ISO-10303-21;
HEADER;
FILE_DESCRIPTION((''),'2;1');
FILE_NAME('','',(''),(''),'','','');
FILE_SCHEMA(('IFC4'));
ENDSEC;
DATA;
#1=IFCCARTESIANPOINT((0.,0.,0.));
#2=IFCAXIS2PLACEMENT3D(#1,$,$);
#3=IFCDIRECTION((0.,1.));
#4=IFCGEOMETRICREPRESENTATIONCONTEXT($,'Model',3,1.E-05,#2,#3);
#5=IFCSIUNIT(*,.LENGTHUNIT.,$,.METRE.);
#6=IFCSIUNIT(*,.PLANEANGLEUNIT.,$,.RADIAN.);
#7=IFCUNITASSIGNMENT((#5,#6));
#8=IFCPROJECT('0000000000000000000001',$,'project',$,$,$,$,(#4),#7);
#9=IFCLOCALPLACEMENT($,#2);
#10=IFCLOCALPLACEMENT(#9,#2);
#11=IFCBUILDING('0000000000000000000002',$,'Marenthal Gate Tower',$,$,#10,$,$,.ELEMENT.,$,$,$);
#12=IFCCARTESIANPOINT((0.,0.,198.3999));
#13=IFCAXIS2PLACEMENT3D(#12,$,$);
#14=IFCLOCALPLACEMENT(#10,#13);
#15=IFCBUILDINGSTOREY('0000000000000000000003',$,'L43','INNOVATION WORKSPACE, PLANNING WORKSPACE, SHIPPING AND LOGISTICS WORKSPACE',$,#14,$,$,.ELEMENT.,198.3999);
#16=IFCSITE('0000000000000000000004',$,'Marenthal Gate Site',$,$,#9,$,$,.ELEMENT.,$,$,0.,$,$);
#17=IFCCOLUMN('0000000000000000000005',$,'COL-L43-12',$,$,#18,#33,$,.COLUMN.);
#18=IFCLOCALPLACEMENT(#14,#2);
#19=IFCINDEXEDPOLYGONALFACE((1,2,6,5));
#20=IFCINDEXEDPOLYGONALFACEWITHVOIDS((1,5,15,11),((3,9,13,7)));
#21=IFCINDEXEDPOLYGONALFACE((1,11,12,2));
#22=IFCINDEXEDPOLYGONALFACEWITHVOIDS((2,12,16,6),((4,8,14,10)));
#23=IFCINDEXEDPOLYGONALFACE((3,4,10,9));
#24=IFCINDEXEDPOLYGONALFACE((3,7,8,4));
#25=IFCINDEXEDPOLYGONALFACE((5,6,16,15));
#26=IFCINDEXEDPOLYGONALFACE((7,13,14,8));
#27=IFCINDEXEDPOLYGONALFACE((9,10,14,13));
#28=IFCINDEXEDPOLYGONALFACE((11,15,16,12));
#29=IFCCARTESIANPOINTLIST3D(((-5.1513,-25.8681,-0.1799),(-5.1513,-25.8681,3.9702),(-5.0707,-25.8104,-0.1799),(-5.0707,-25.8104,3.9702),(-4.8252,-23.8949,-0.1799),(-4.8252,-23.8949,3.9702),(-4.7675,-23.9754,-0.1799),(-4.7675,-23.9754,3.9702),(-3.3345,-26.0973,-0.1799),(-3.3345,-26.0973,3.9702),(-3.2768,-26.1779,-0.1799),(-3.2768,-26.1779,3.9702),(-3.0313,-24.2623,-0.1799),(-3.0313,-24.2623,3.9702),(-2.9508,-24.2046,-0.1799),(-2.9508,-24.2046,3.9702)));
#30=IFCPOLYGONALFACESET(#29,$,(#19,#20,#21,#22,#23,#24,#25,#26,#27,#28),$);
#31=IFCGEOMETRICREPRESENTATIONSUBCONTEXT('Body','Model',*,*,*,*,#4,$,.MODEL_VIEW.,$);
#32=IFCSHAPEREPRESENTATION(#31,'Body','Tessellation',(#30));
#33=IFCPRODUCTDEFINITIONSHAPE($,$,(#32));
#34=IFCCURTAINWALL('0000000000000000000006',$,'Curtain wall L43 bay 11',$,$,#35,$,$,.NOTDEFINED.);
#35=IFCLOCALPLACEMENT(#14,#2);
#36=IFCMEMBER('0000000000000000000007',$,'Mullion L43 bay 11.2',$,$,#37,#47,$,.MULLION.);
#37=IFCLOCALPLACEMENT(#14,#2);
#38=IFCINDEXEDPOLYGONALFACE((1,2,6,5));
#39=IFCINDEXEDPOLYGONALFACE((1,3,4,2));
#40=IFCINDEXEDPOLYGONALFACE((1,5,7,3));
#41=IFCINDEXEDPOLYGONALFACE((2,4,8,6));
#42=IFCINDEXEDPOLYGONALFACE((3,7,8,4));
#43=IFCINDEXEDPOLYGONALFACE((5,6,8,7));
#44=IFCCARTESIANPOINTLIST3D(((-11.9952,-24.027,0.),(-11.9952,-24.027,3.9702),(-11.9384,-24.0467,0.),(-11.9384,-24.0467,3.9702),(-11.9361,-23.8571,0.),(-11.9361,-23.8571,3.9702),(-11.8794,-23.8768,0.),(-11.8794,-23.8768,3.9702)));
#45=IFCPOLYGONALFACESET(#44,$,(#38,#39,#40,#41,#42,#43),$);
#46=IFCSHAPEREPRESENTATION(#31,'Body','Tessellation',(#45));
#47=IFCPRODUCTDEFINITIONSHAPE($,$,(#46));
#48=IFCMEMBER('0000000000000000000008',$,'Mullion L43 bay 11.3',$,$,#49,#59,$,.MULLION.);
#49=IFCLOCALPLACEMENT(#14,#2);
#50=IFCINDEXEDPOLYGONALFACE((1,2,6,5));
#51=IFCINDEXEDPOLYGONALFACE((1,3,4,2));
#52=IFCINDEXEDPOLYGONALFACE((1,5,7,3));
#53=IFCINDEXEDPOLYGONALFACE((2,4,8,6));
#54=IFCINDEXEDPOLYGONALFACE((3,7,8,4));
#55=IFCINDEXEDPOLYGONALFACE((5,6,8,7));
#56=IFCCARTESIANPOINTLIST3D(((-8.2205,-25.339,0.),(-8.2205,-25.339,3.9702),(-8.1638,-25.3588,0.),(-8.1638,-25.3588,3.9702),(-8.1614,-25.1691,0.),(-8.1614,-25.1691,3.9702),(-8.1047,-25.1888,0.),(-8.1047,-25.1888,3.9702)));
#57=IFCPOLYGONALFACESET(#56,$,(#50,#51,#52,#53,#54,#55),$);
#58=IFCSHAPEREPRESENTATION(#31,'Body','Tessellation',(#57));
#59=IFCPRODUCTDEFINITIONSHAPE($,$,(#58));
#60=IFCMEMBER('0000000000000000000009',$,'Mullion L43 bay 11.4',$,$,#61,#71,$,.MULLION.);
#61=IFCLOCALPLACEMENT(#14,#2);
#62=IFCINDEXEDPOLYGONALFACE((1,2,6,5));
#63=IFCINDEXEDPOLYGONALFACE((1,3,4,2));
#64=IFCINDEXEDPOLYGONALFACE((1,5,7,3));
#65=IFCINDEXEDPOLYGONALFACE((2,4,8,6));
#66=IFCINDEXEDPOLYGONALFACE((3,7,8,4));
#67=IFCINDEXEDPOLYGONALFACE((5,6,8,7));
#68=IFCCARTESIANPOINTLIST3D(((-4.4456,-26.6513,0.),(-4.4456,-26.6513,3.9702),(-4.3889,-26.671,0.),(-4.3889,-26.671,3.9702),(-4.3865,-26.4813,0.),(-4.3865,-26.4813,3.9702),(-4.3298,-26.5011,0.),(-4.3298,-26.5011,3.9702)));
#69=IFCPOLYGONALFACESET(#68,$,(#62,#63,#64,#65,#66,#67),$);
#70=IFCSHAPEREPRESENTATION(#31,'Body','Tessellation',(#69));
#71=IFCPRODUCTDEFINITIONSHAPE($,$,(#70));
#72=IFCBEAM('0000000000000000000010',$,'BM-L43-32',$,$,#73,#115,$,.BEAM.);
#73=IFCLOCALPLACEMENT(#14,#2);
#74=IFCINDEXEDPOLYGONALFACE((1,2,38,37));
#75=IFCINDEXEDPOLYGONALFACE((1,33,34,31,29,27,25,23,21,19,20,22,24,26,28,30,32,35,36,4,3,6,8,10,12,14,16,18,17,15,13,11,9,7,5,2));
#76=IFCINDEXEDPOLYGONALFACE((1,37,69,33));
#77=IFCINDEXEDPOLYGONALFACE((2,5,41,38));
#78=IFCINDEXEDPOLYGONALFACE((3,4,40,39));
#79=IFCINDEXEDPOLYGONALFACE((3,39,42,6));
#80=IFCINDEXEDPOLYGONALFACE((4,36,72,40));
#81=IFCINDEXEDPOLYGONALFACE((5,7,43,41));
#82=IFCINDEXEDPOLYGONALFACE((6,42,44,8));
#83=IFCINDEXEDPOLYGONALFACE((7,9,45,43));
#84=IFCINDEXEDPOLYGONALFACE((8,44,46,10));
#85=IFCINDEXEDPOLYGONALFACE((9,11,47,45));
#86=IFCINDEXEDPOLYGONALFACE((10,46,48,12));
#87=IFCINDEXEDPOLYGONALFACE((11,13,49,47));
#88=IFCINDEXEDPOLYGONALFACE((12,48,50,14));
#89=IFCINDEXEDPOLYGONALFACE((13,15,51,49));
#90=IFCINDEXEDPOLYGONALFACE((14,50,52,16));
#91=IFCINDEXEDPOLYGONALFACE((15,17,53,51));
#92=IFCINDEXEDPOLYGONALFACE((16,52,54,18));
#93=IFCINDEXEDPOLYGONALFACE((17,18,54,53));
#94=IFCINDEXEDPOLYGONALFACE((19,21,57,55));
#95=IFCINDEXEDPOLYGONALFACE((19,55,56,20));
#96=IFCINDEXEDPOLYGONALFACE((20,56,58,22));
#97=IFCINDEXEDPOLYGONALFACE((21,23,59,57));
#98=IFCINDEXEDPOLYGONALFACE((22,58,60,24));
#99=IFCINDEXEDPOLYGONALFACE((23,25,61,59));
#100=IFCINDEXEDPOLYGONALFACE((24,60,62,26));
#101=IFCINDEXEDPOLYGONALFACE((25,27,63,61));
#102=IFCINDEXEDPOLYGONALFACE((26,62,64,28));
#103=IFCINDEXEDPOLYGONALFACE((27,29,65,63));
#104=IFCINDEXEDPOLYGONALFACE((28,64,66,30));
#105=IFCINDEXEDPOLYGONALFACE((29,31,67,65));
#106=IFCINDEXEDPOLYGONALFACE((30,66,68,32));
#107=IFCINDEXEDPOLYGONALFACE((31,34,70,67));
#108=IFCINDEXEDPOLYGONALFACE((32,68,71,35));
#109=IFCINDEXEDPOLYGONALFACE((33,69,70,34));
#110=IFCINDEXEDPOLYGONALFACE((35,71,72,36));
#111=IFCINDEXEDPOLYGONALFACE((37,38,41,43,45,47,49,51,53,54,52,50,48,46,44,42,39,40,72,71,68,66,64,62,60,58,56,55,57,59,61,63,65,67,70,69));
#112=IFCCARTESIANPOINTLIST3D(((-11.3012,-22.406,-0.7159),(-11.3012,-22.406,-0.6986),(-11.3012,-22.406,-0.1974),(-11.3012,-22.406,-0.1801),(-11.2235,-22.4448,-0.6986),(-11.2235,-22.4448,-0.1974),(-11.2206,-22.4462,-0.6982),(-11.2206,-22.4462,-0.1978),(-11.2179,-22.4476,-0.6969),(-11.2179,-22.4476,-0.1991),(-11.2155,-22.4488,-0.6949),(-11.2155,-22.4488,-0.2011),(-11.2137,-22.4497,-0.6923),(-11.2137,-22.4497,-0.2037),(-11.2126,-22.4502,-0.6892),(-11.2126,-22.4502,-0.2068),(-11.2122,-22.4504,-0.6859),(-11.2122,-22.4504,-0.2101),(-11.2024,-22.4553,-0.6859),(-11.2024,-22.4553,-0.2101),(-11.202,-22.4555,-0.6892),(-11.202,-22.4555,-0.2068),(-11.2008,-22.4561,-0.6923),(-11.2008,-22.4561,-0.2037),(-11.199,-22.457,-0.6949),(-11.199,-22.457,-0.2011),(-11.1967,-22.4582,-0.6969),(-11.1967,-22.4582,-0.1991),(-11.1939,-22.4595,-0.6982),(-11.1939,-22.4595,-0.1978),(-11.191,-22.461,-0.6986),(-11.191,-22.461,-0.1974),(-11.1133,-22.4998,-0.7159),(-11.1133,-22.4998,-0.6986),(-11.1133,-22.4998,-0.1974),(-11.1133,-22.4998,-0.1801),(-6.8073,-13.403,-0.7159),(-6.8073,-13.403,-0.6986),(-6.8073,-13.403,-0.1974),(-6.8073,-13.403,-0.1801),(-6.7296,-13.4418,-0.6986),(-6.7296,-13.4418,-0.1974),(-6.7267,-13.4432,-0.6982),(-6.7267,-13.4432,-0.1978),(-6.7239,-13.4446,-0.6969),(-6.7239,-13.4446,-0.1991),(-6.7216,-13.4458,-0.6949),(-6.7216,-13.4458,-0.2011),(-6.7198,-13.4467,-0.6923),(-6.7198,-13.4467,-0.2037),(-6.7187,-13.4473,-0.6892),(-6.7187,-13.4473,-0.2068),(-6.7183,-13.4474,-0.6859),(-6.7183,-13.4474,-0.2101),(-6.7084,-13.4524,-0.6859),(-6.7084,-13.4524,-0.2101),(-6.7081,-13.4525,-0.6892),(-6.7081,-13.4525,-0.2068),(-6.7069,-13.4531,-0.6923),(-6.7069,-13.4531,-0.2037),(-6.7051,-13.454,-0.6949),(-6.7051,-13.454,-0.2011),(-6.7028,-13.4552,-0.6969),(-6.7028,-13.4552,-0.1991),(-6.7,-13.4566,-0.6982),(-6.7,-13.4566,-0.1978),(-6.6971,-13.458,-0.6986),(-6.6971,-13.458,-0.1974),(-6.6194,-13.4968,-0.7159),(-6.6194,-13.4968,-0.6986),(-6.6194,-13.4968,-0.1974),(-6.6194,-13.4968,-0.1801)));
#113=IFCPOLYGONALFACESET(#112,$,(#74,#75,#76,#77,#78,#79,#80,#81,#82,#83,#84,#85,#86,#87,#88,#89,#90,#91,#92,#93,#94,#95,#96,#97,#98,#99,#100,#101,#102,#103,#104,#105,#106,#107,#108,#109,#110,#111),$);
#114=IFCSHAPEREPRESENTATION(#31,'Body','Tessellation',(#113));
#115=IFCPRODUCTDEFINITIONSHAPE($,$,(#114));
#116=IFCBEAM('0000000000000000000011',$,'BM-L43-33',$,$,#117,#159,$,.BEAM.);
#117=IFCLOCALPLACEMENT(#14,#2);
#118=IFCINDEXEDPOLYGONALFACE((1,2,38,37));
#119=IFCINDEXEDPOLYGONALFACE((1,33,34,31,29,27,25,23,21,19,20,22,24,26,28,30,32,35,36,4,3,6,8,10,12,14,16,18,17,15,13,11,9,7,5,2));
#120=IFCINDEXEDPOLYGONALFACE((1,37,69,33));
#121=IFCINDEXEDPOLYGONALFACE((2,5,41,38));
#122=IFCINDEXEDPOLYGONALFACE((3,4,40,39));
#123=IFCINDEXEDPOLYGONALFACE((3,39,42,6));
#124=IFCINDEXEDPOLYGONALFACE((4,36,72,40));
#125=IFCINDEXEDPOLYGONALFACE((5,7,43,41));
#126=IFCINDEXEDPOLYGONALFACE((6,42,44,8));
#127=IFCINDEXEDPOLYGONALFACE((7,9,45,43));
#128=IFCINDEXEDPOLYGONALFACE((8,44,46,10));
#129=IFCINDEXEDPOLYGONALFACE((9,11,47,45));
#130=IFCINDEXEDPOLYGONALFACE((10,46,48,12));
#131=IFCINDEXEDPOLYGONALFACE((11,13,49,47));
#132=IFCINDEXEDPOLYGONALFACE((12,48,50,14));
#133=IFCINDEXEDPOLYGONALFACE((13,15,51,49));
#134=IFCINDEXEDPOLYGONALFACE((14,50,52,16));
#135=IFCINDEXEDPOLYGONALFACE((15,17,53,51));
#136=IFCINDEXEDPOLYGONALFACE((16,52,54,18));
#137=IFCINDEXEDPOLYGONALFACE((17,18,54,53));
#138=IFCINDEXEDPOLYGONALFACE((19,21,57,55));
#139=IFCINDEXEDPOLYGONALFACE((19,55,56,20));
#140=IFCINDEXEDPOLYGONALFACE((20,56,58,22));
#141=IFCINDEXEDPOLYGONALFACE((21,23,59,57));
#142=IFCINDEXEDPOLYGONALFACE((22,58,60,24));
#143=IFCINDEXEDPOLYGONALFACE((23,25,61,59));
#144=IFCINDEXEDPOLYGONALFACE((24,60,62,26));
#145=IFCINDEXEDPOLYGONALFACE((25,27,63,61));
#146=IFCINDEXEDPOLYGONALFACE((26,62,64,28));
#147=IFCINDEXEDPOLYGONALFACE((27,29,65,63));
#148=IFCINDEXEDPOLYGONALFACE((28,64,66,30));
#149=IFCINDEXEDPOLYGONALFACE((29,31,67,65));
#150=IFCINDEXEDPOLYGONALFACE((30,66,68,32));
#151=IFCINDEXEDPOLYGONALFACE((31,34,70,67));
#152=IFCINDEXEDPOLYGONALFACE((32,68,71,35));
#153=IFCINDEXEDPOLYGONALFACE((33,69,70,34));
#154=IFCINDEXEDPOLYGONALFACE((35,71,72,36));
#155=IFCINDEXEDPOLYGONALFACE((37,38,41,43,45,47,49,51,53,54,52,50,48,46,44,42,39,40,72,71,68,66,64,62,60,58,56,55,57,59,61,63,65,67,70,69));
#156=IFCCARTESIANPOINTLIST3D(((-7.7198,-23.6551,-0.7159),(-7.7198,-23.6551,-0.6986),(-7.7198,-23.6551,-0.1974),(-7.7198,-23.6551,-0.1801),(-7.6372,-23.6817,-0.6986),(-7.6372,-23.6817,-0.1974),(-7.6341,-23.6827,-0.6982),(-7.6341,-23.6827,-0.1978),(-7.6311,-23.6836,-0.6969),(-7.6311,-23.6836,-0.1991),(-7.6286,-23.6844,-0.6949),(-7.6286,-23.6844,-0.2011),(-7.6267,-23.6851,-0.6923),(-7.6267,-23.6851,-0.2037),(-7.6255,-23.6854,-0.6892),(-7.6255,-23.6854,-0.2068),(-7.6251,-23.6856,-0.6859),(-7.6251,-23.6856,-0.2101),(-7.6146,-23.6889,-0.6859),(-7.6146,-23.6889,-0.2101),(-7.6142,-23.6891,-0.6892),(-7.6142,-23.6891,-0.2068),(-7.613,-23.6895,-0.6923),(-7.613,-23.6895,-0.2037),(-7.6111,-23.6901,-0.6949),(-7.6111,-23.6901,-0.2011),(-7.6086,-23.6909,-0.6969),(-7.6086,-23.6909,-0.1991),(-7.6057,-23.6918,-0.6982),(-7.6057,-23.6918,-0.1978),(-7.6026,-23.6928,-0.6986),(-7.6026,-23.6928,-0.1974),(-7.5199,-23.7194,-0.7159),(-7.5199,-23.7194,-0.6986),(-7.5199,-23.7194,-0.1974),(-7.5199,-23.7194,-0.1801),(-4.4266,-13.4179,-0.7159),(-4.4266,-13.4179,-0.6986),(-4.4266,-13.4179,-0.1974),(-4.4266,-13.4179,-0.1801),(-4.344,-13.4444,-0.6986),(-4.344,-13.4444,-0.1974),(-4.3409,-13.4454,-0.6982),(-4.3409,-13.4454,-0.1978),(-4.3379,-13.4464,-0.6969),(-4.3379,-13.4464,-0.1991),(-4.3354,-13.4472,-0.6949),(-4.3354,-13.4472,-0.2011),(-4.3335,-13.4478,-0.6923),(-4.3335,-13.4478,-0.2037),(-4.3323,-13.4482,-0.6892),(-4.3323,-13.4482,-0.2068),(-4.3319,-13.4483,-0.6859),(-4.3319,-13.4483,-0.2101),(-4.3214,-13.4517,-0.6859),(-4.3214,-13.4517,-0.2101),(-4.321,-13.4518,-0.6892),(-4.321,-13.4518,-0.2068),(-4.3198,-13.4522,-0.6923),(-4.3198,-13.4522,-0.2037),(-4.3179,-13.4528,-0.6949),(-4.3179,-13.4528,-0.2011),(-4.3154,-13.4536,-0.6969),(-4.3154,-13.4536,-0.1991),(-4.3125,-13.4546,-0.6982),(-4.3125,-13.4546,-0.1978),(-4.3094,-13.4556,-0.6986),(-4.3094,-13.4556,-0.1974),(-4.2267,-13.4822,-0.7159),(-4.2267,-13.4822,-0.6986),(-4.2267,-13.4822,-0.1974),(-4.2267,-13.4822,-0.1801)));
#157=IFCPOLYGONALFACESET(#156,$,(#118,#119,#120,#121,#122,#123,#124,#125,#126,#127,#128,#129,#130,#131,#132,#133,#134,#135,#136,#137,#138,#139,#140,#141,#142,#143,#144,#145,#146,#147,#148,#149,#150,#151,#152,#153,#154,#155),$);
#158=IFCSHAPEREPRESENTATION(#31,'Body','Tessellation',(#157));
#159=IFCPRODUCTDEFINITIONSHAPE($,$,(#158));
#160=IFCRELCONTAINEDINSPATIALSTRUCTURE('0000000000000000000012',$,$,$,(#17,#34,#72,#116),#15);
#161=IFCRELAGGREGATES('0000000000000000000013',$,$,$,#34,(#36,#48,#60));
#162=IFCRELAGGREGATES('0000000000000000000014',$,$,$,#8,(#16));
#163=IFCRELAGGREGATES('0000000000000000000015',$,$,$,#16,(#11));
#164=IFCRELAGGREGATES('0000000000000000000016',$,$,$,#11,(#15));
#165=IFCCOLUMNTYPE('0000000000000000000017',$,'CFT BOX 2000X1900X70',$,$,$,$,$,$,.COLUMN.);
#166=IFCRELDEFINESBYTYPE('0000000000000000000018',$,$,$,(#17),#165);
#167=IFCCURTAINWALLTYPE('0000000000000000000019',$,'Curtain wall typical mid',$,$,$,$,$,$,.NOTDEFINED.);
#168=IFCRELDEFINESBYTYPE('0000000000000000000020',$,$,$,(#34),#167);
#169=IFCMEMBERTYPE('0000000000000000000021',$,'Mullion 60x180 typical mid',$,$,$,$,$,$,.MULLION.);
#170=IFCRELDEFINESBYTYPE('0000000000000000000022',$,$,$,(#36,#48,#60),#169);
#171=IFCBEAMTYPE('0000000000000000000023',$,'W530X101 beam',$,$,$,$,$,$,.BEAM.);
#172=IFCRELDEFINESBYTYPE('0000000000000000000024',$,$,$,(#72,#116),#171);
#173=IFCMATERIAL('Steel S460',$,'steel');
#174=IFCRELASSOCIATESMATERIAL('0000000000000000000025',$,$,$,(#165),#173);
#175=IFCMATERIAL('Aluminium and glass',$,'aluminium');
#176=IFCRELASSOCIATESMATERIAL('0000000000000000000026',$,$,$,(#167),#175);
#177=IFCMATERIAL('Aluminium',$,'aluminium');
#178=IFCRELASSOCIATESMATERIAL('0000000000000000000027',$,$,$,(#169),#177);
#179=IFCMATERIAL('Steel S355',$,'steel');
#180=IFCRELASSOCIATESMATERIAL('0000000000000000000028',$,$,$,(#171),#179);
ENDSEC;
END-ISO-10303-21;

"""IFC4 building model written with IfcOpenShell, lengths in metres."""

from ifc_helpers import new_model, si_unit, direction, frame, origin, origin_2d, place, context, subcontext, project, spatial, rectangle, hollow_rectangle, i_section, extrude, material, material_profile, profile_set, type_object, element, aggregate, save


model = new_model("IFC4")

# Units and contexts
model_context = context("Model", 3, precision=1e-05, world=origin(), true_north=direction((0.0, 1.0)))
body_context = subcontext(model_context, "Body", "Model", "MODEL_VIEW")
ifc_project = project(units=[si_unit("LENGTHUNIT", "METRE"), si_unit("PLANEANGLEUNIT", "RADIAN")], contexts=[model_context])

# Site, building, storey
site_placement = place(None, origin())
site = spatial("IfcSite", under=ifc_project, at=site_placement, Name="Marenthal Gate Site", CompositionType="ELEMENT", RefElevation=0.0)
building_placement = place(site_placement, origin())
building = spatial("IfcBuilding", under=site, at=building_placement, Name="Marenthal Gate Tower", CompositionType="ELEMENT")
storey_placement = place(building_placement, frame((0.0, 0.0, 198.3999)))
storey = spatial("IfcBuildingStorey", under=building, at=storey_placement, Name="L43", Description="INNOVATION WORKSPACE, PLANNING WORKSPACE, SHIPPING AND LOGISTICS WORKSPACE", CompositionType="ELEMENT", Elevation=198.3999)

# Column
ifc_material_1 = material(Name="Steel S460", Category="steel")
ifc_material_profile_1 = material_profile(ifc_material_1, hollow_rectangle(XDim=1.8999, YDim=2.0, WallThickness=0.0701, at=origin_2d()), Name="CFT BOX 2000X1900X70")
ifc_material_2 = material(Name="Concrete 70 MPa", Category="concrete")
ifc_material_profile_2 = material_profile(ifc_material_2, rectangle(XDim=1.76, YDim=1.8601, at=origin_2d()), Name="CFT BOX 2000X1900X70 INFILL")
ifc_profile_set_1 = profile_set([ifc_material_profile_1, ifc_material_profile_2], Name="Steel S460 shell, Concrete 70 MPa infill")
column_type = type_object("IfcColumnType", Name="CFT BOX 2000X1900X70", PredefinedType="COLUMN", material=ifc_profile_set_1)
column_placement = place(storey_placement, frame((-4.051, -25.0364, -0.1799), z_axis=(0.0, 0.0, 1.0), x_axis=(-0.986621, 0.16303, 0.0)))
element("IfcColumn", 1, at=column_placement, inside=storey, type_object=column_type, Name="COL-L43-12", PredefinedType="COLUMN", context=body_context, shape_type="SweptSolid", body=[
    extrude(hollow_rectangle(XDim=1.8999, YDim=2.0, WallThickness=0.0701, at=origin_2d()), origin(), (0.0, 0.0, 1.0), 4.1501),
])

# Curtain wall, members
ifc_material_3 = material(Name="Aluminium and glass", Category="aluminium")
curtain_wall_type = type_object("IfcCurtainWallType", Name="Curtain wall typical mid", PredefinedType="NOTDEFINED", material=ifc_material_3)
curtain_wall_placement = place(storey_placement, origin())
curtain_wall = element("IfcCurtainWall", 2, at=curtain_wall_placement, inside=storey, type_object=curtain_wall_type, Name="Curtain wall L43 bay 11", PredefinedType="NOTDEFINED")
ifc_material_4 = material(Name="Aluminium", Category="aluminium")
ifc_material_profile_3 = material_profile(ifc_material_4, rectangle(XDim=0.1799, YDim=0.0601, at=origin_2d()), Name="60x180 aluminium mullion")
ifc_profile_set_2 = profile_set([ifc_material_profile_3], Name="Aluminium")
member_type = type_object("IfcMemberType", Name="Mullion 60x180 typical mid", PredefinedType="MULLION", material=ifc_profile_set_2)
member_1_placement = place(storey_placement, frame((-11.9373, -23.9519, 0.0), z_axis=(0.0, 0.0, 1.0), x_axis=(0.328332, 0.944562, 0.0)))
member_1 = element("IfcMember", 3, at=member_1_placement, type_object=member_type, Name="Mullion L43 bay 11.2", PredefinedType="MULLION", context=body_context, shape_type="SweptSolid", body=[
    extrude(rectangle(XDim=0.1799, YDim=0.0601, at=origin_2d()), origin(), (0.0, 0.0, 1.0), 3.9702),
])
member_2_placement = place(storey_placement, frame((-8.1626, -25.2639, 0.0), z_axis=(0.0, 0.0, 1.0), x_axis=(0.328332, 0.944562, 0.0)))
member_2 = element("IfcMember", 4, at=member_2_placement, type_object=member_type, Name="Mullion L43 bay 11.3", PredefinedType="MULLION", context=body_context, shape_type="SweptSolid", body=[
    extrude(rectangle(XDim=0.1799, YDim=0.0601, at=origin_2d()), origin(), (0.0, 0.0, 1.0), 3.9702),
])
member_3_placement = place(storey_placement, frame((-4.3877, -26.5762, 0.0), z_axis=(0.0, 0.0, 1.0), x_axis=(0.328332, 0.944562, 0.0)))
member_3 = element("IfcMember", 5, at=member_3_placement, type_object=member_type, Name="Mullion L43 bay 11.4", PredefinedType="MULLION", context=body_context, shape_type="SweptSolid", body=[
    extrude(rectangle(XDim=0.1799, YDim=0.0601, at=origin_2d()), origin(), (0.0, 0.0, 1.0), 3.9702),
])

# Beams
ifc_material_5 = material(Name="Steel S355", Category="steel")
ifc_material_profile_4 = material_profile(ifc_material_5, i_section(OverallWidth=0.21, OverallDepth=0.5359, WebThickness=0.011, FlangeThickness=0.0173, FilletRadius=0.0127, at=origin_2d()), Name="W530X101")
ifc_profile_set_3 = profile_set([ifc_material_profile_4], Name="Steel S355")
beam_type_1 = type_object("IfcBeamType", Name="W530X101 beam", PredefinedType="BEAM", material=ifc_profile_set_3)
beam_1_placement = place(storey_placement, frame((-11.2073, -22.4529, -0.448), z_axis=(0.446612, 0.894728, 0.0), x_axis=(-0.894728, 0.446612, 0.0)))
element("IfcBeam", 6, at=beam_1_placement, inside=storey, type_object=beam_type_1, Name="BM-L43-32", PredefinedType="BEAM", context=body_context, shape_type="SweptSolid", body=[
    extrude(i_section(OverallWidth=0.21, OverallDepth=0.5359, WebThickness=0.011, FlangeThickness=0.0173, FilletRadius=0.0127, at=origin_2d()), origin(), (0.0, 0.0, 1.0), 10.0623),
])
beam_2_placement = place(storey_placement, frame((-7.6199, -23.6873, -0.448), z_axis=(0.306233, 0.951957, 0.0), x_axis=(-0.951957, 0.306233, 0.0)))
element("IfcBeam", 7, at=beam_2_placement, inside=storey, type_object=beam_type_1, Name="BM-L43-33", PredefinedType="BEAM", context=body_context, shape_type="SweptSolid", body=[
    extrude(i_section(OverallWidth=0.21, OverallDepth=0.5359, WebThickness=0.011, FlangeThickness=0.0173, FilletRadius=0.0127, at=origin_2d()), origin(), (0.0, 0.0, 1.0), 10.7539),
])

aggregate(curtain_wall, [member_1, member_2, member_3])

save(model, "model.ifc")
